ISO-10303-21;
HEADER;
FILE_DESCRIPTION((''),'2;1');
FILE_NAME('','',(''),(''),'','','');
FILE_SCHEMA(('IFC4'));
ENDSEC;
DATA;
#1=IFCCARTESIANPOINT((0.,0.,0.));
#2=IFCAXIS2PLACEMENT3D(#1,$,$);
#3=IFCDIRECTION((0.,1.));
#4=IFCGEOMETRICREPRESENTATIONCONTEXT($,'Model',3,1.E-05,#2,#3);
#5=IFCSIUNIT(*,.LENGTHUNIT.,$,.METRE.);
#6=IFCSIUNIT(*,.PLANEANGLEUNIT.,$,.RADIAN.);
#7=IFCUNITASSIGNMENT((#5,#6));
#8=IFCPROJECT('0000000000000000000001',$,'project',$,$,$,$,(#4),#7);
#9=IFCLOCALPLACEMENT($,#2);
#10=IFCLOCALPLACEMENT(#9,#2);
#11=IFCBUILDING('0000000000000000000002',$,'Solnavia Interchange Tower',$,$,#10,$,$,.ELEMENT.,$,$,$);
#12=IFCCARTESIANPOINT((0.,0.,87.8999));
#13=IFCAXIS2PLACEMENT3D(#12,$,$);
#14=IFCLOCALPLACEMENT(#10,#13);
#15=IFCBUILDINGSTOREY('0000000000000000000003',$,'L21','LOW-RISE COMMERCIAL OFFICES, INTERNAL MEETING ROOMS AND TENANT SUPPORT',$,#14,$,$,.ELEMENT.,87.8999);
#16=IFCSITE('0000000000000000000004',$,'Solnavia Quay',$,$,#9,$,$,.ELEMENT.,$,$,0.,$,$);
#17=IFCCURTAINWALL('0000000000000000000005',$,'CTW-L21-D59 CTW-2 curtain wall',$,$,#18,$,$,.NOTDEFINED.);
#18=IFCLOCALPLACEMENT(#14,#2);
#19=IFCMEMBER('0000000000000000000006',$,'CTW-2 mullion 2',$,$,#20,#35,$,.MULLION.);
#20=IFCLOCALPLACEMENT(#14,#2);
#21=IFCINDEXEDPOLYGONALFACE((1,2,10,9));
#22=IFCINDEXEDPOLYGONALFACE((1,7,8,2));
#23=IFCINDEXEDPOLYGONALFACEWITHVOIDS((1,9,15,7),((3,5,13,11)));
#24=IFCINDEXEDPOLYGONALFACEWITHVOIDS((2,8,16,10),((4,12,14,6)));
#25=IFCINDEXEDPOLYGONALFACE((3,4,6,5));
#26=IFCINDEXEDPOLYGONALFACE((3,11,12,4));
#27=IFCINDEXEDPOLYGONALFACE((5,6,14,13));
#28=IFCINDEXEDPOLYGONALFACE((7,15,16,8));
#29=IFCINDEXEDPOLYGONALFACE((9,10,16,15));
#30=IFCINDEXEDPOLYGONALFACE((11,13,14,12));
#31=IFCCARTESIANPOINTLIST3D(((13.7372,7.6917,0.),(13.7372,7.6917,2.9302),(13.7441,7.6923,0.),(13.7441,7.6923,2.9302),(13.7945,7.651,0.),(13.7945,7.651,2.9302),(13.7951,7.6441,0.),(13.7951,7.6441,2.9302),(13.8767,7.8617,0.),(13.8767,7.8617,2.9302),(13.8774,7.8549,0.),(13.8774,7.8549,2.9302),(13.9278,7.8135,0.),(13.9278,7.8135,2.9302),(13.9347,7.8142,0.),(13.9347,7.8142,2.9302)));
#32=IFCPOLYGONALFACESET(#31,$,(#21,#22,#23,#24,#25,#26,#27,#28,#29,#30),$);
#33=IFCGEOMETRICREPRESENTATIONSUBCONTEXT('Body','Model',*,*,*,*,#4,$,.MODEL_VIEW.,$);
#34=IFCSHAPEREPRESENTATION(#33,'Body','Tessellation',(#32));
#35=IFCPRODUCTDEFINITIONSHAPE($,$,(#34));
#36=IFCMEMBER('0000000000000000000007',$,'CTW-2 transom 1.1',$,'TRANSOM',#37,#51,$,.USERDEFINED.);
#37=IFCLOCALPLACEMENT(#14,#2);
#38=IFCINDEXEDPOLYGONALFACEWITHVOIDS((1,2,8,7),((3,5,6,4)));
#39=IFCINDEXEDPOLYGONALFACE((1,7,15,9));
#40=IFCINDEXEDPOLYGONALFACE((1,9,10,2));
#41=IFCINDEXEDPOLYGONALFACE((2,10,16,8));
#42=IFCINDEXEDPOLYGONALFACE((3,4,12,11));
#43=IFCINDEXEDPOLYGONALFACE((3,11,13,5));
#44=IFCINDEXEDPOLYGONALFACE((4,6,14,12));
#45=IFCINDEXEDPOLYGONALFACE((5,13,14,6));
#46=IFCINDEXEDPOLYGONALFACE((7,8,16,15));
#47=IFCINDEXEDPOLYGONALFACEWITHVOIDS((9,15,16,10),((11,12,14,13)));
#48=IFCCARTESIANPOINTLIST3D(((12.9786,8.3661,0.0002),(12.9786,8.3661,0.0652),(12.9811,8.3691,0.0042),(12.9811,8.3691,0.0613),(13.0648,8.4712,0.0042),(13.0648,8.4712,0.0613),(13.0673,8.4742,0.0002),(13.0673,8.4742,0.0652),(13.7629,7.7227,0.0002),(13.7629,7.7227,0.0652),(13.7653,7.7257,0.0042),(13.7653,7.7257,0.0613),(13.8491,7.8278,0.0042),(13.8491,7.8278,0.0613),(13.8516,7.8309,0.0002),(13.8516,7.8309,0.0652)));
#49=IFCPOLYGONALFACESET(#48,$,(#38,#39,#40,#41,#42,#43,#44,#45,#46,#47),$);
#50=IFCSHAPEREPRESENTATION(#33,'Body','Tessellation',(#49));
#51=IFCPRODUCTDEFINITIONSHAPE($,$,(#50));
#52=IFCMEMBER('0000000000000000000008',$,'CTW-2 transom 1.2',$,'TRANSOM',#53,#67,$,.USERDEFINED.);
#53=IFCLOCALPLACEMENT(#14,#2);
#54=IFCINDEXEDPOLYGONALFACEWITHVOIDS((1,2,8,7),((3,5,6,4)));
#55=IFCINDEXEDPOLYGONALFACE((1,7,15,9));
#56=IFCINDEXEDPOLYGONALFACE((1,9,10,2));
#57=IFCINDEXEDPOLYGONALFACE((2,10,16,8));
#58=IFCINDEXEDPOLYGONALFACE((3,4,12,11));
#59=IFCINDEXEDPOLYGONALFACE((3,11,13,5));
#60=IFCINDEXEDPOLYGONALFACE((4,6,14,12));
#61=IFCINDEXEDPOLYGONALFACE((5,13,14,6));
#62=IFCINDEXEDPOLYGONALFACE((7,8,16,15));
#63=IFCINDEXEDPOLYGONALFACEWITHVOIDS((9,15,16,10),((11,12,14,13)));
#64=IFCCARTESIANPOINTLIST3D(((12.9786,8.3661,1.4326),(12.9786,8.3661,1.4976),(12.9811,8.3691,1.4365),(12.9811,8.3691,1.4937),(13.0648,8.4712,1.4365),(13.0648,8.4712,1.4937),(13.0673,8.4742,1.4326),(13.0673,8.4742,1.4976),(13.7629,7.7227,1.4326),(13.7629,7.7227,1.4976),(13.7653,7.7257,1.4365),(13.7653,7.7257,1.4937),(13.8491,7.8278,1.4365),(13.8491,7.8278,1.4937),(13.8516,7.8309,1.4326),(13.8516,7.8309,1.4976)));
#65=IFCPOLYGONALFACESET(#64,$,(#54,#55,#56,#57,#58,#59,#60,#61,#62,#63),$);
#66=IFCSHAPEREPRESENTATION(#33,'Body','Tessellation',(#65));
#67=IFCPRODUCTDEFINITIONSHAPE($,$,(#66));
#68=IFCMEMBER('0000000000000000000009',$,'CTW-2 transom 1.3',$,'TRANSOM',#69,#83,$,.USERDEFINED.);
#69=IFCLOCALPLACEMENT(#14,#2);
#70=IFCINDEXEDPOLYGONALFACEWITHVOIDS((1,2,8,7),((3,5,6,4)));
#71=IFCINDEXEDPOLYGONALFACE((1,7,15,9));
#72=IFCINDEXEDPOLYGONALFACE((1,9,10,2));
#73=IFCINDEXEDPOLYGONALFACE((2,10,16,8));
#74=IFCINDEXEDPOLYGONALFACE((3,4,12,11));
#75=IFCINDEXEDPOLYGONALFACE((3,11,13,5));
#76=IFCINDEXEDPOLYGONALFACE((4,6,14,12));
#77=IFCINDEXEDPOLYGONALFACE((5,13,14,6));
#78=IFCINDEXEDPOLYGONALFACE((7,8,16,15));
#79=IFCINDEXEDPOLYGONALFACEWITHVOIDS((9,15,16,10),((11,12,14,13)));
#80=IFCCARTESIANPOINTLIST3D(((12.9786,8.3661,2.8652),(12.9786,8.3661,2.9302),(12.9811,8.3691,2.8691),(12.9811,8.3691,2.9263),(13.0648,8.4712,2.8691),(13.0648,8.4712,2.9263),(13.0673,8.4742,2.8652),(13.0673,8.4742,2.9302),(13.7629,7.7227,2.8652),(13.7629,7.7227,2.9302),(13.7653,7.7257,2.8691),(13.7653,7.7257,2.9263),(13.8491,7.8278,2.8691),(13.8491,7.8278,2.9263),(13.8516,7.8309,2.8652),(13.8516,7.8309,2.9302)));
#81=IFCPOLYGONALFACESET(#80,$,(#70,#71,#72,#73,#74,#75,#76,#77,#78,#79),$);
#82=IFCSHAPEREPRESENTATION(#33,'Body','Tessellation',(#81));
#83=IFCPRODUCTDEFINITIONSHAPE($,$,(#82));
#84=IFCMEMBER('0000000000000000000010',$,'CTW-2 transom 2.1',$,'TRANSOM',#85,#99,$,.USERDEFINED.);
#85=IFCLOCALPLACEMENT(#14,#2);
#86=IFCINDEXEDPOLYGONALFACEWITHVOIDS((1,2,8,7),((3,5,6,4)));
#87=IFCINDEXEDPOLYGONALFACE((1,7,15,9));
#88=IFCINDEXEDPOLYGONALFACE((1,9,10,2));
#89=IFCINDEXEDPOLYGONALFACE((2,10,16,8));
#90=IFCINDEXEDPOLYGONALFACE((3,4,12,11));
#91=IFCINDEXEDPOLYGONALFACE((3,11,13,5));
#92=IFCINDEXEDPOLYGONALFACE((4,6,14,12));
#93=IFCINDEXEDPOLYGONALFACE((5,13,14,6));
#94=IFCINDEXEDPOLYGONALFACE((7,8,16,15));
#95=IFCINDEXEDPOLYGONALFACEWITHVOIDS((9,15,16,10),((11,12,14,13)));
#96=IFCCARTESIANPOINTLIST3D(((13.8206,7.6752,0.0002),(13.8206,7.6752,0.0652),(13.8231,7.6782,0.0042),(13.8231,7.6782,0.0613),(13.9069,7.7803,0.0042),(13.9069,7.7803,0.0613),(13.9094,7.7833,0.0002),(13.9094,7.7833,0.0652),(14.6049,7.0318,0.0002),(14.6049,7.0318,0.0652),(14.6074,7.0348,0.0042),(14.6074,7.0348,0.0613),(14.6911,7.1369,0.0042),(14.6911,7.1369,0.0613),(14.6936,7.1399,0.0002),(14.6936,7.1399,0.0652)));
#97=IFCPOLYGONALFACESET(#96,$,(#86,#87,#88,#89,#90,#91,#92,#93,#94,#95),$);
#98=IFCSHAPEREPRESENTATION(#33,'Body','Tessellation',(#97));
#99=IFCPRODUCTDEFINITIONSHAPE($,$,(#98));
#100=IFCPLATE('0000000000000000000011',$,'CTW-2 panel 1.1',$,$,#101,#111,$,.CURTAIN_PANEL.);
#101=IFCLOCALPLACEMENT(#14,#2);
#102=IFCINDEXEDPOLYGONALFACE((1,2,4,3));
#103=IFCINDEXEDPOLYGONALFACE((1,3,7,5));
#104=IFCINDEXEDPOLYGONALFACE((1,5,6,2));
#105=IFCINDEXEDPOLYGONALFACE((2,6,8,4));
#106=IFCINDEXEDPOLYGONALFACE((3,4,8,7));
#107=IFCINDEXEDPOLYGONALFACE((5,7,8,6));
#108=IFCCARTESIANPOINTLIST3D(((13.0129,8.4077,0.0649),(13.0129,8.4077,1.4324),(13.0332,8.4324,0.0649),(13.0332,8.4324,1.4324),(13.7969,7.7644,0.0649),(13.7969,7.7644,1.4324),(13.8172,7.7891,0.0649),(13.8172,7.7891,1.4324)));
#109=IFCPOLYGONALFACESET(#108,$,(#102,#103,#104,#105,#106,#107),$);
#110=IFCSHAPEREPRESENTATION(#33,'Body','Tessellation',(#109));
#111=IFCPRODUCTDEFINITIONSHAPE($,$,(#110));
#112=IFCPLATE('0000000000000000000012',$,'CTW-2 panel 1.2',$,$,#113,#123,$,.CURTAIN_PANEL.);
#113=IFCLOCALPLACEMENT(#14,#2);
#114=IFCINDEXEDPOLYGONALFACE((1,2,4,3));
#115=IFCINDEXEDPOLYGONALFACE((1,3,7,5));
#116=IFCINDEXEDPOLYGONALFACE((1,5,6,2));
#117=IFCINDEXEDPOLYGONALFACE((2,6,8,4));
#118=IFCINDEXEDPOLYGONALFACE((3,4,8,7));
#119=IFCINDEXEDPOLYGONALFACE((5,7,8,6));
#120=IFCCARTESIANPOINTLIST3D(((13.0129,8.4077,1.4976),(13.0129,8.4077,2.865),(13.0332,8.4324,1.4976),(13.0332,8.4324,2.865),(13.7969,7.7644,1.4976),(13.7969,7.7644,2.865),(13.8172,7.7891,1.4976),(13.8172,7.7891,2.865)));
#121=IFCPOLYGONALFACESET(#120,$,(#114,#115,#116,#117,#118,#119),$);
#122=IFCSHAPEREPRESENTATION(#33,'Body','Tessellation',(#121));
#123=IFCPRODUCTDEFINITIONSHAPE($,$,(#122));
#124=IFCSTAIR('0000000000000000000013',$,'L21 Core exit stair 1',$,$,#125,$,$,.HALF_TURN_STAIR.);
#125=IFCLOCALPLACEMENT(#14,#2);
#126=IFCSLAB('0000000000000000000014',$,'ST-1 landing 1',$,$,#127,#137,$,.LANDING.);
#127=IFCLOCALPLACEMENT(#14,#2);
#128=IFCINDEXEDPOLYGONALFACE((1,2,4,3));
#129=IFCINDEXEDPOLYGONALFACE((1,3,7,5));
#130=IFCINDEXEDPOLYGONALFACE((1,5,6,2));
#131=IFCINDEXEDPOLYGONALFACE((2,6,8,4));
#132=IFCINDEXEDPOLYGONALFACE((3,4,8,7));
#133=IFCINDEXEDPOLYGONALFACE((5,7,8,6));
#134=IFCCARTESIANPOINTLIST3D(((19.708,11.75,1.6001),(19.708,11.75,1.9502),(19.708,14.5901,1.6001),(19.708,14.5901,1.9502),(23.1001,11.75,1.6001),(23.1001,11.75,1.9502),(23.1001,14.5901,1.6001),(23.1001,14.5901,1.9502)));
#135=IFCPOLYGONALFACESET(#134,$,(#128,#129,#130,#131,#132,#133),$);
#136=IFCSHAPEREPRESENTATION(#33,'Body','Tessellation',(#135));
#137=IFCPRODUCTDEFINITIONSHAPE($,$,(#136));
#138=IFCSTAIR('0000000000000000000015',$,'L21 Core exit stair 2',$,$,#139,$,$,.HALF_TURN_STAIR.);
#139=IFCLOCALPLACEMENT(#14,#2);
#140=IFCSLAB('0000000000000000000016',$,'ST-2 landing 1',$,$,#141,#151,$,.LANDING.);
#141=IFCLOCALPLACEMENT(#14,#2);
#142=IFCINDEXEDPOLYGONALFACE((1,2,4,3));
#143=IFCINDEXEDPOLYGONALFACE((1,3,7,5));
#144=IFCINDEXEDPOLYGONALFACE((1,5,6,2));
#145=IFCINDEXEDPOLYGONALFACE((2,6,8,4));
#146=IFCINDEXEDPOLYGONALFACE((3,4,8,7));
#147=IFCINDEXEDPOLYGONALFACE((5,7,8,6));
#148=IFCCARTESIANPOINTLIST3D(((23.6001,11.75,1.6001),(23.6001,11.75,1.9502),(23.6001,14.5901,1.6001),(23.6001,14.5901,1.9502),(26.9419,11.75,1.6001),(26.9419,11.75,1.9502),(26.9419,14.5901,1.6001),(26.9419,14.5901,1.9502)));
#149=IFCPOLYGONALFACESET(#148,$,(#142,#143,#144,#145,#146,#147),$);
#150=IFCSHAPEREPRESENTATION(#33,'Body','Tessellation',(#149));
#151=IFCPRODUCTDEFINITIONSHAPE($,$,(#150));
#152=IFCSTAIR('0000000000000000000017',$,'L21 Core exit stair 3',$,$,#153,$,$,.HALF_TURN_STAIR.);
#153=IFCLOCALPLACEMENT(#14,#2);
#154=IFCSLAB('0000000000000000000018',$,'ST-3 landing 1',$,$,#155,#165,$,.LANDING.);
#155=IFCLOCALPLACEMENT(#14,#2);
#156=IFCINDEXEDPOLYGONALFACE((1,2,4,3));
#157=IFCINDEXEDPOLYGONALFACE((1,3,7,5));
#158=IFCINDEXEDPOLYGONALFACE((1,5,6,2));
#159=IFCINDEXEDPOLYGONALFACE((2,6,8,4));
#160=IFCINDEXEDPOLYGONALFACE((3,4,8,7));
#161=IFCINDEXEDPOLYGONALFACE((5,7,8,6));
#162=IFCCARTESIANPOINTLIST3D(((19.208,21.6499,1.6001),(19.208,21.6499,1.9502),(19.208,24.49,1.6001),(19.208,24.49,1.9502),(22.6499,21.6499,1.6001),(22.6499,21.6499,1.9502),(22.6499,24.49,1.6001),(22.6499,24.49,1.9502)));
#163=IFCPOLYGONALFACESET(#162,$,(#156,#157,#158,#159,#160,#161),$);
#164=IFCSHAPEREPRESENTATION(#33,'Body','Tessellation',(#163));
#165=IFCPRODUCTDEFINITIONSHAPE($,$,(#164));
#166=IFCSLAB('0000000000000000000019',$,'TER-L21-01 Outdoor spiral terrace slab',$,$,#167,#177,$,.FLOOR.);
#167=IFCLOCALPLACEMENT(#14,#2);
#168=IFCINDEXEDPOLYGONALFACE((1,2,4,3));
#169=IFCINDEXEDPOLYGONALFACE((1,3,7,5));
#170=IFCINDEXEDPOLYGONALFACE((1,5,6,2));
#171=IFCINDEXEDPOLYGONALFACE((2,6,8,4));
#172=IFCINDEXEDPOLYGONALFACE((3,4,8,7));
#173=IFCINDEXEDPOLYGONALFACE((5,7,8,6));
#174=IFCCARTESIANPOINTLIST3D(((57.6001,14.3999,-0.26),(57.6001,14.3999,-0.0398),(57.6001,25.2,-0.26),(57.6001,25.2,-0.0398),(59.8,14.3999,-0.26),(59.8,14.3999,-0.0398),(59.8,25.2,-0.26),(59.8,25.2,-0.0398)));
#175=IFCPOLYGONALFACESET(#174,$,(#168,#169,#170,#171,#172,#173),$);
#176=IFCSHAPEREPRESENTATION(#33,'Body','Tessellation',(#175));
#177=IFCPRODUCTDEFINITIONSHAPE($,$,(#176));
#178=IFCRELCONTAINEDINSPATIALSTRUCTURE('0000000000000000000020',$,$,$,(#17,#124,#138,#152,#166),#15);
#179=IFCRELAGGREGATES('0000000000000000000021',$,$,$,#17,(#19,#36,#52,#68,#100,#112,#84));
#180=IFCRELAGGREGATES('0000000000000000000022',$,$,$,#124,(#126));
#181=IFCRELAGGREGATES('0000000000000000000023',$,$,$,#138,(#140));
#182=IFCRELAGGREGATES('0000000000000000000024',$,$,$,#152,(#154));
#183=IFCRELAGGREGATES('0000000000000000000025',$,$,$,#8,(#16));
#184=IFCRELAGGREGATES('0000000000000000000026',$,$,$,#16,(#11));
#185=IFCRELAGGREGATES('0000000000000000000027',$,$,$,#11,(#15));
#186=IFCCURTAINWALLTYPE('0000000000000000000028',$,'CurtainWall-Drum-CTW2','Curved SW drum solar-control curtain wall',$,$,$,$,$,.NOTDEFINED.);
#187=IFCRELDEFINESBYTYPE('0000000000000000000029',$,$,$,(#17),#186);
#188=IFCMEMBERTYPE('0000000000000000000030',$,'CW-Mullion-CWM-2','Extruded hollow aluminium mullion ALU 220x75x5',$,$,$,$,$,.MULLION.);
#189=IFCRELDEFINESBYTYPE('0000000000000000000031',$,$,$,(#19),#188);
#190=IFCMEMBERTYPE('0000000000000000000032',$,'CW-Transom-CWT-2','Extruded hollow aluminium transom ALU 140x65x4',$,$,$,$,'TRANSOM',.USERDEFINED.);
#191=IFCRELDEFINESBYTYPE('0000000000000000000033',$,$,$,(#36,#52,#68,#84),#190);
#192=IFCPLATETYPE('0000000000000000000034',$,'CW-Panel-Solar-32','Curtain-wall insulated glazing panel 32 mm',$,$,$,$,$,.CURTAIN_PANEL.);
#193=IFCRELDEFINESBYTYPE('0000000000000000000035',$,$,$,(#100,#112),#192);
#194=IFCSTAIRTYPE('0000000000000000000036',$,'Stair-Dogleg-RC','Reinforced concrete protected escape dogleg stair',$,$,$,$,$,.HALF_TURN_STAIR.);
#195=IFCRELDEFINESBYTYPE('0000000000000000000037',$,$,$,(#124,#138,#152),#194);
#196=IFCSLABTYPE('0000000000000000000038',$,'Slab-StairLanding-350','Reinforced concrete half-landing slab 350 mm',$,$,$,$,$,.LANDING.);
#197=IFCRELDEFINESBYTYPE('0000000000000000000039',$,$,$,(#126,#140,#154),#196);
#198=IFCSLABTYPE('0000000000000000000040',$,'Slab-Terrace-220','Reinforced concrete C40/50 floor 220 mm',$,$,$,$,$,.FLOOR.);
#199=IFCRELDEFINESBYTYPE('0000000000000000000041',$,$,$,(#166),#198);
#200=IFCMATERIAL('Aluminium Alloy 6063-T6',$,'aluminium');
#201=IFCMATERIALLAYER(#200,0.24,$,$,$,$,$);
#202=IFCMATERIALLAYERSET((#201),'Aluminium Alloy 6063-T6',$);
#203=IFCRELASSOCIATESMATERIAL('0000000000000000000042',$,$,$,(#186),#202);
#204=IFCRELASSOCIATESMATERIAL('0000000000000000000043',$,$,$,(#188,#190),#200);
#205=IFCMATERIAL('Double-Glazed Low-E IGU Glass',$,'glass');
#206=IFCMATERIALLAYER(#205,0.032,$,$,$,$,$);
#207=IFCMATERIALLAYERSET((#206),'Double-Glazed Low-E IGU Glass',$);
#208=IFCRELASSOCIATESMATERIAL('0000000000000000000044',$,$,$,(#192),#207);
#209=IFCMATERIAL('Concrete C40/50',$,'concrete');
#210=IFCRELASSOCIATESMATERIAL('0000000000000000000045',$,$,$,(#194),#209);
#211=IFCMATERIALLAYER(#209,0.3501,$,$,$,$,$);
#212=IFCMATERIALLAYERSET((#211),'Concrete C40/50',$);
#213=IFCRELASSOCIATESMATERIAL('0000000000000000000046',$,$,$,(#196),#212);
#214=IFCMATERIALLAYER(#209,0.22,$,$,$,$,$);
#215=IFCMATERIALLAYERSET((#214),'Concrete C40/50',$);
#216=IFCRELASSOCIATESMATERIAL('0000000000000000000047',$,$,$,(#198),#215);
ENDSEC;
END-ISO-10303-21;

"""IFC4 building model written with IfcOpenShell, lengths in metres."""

from ifc_helpers import new_model, si_unit, direction, frame, origin, origin_2d, place, context, subcontext, project, spatial, polyline, rectangle, hollow_rectangle, outline, extrude, material, layer, layer_set, material_profile, profile_set, type_object, element, aggregate, save


model = new_model("IFC4")

# Units and contexts
model_context = context("Model", 3, precision=1e-05, world=origin(), true_north=direction((0.0, 1.0)))
body_context = subcontext(model_context, "Body", "Model", "MODEL_VIEW")
ifc_project = project(units=[si_unit("LENGTHUNIT", "METRE"), si_unit("PLANEANGLEUNIT", "RADIAN")], contexts=[model_context])

# Site, building, storey
site_placement = place(None, origin())
site = spatial("IfcSite", under=ifc_project, at=site_placement, Name="Solnavia Quay", CompositionType="ELEMENT", RefElevation=0.0)
building_placement = place(site_placement, origin())
building = spatial("IfcBuilding", under=site, at=building_placement, Name="Solnavia Interchange Tower", CompositionType="ELEMENT")
storey_placement = place(building_placement, frame((0.0, 0.0, 87.8999)))
storey = spatial("IfcBuildingStorey", under=building, at=storey_placement, Name="L21", Description="LOW-RISE COMMERCIAL OFFICES, INTERNAL MEETING ROOMS AND TENANT SUPPORT", CompositionType="ELEMENT", Elevation=87.8999)

# Curtain wall, members, plates
ifc_material_1 = material(Name="Aluminium Alloy 6063-T6", Category="aluminium")
ifc_layer_1 = layer(ifc_material_1, 0.24)
ifc_layer_set_1 = layer_set([ifc_layer_1], Name="Aluminium Alloy 6063-T6")
curtain_wall_type = type_object("IfcCurtainWallType", Name="CurtainWall-Drum-CTW2", Description="Curved SW drum solar-control curtain wall", PredefinedType="NOTDEFINED", material=ifc_layer_set_1)
curtain_wall_placement = place(storey_placement, origin())
curtain_wall = element("IfcCurtainWall", 1, at=curtain_wall_placement, inside=storey, type_object=curtain_wall_type, Name="CTW-L21-D59 CTW-2 curtain wall", PredefinedType="NOTDEFINED")
ifc_material_profile_1 = material_profile(ifc_material_1, hollow_rectangle(XDim=0.075, YDim=0.22, WallThickness=0.0049, at=origin_2d()), Name="ALU 220x75x5")
ifc_profile_set_1 = profile_set([ifc_material_profile_1], Name="Aluminium Alloy 6063-T6")
member_type_1 = type_object("IfcMemberType", Name="CW-Mullion-CWM-2", Description="Extruded hollow aluminium mullion ALU 220x75x5", PredefinedType="MULLION", material=ifc_profile_set_1)
member_1_placement = place(storey_placement, frame((13.8359, 7.7529, 0.0), z_axis=(0.0, 0.0, 1.0), x_axis=(0.773095, -0.634291, 0.0)))
member_1 = element("IfcMember", 2, at=member_1_placement, type_object=member_type_1, Name="CTW-2 mullion 2", PredefinedType="MULLION", context=body_context, shape_type="SweptSolid", body=[
    extrude(hollow_rectangle(XDim=0.075, YDim=0.22, WallThickness=0.0049, at=origin_2d()), origin(), (0.0, 0.0, 1.0), 2.9302),
])
ifc_material_profile_2 = material_profile(ifc_material_1, hollow_rectangle(XDim=0.0649, YDim=0.1399, WallThickness=0.0039, at=origin_2d()), Name="ALU 140x65x4")
ifc_profile_set_2 = profile_set([ifc_material_profile_2], Name="Aluminium Alloy 6063-T6")
member_type_2 = type_object("IfcMemberType", Name="CW-Transom-CWT-2", Description="Extruded hollow aluminium transom ALU 140x65x4", ElementType="TRANSOM", PredefinedType="USERDEFINED", material=ifc_profile_set_2)
member_2_placement = place(storey_placement, frame((13.0229, 8.4202, 0.0327), z_axis=(0.773131, -0.634247, 0.0), x_axis=(0.0, 0.0, 1.0)))
member_2 = element("IfcMember", 3, at=member_2_placement, type_object=member_type_2, Name="CTW-2 transom 1.1", ObjectType="TRANSOM", PredefinedType="USERDEFINED", context=body_context, shape_type="SweptSolid", body=[
    extrude(hollow_rectangle(XDim=0.0649, YDim=0.1399, WallThickness=0.0039, at=origin_2d()), origin(), (0.0, 0.0, 1.0), 1.0144),
])
member_3_placement = place(storey_placement, frame((13.0229, 8.4202, 1.4651), z_axis=(0.773131, -0.634247, 0.0), x_axis=(0.0, 0.0, 1.0)))
member_3 = element("IfcMember", 4, at=member_3_placement, type_object=member_type_2, Name="CTW-2 transom 1.2", ObjectType="TRANSOM", PredefinedType="USERDEFINED", context=body_context, shape_type="SweptSolid", body=[
    extrude(hollow_rectangle(XDim=0.0649, YDim=0.1399, WallThickness=0.0039, at=origin_2d()), origin(), (0.0, 0.0, 1.0), 1.0144),
])
member_4_placement = place(storey_placement, frame((13.0229, 8.4202, 2.8977), z_axis=(0.773131, -0.634247, 0.0), x_axis=(0.0, 0.0, 1.0)))
member_4 = element("IfcMember", 5, at=member_4_placement, type_object=member_type_2, Name="CTW-2 transom 1.3", ObjectType="TRANSOM", PredefinedType="USERDEFINED", context=body_context, shape_type="SweptSolid", body=[
    extrude(hollow_rectangle(XDim=0.0649, YDim=0.1399, WallThickness=0.0039, at=origin_2d()), origin(), (0.0, 0.0, 1.0), 1.0144),
])
member_5_placement = place(storey_placement, frame((13.865, 7.7292, 0.0327), z_axis=(0.773131, -0.634247, 0.0), x_axis=(0.0, 0.0, 1.0)))
member_5 = element("IfcMember", 6, at=member_5_placement, type_object=member_type_2, Name="CTW-2 transom 2.1", ObjectType="TRANSOM", PredefinedType="USERDEFINED", context=body_context, shape_type="SweptSolid", body=[
    extrude(hollow_rectangle(XDim=0.0649, YDim=0.1399, WallThickness=0.0039, at=origin_2d()), origin(), (0.0, 0.0, 1.0), 1.0144),
])
ifc_material_2 = material(Name="Double-Glazed Low-E IGU Glass", Category="glass")
ifc_layer_2 = layer(ifc_material_2, 0.032)
ifc_layer_set_2 = layer_set([ifc_layer_2], Name="Double-Glazed Low-E IGU Glass")
plate_type = type_object("IfcPlateType", Name="CW-Panel-Solar-32", Description="Curtain-wall insulated glazing panel 32 mm", PredefinedType="CURTAIN_PANEL", material=ifc_layer_set_2)
plate_1_placement = place(storey_placement, frame((13.415, 8.0984, 0.0649), z_axis=(0.0, 0.0, 1.0), x_axis=(0.773095, -0.634291, 0.0)))
plate_1 = element("IfcPlate", 7, at=plate_1_placement, type_object=plate_type, Name="CTW-2 panel 1.1", PredefinedType="CURTAIN_PANEL", context=body_context, shape_type="SweptSolid", body=[
    extrude(rectangle(XDim=1.0142, YDim=0.032, at=origin_2d()), origin(), (0.0, 0.0, 1.0), 1.3674),
])
plate_2_placement = place(storey_placement, frame((13.415, 8.0984, 1.4976), z_axis=(0.0, 0.0, 1.0), x_axis=(0.773095, -0.634291, 0.0)))
plate_2 = element("IfcPlate", 8, at=plate_2_placement, type_object=plate_type, Name="CTW-2 panel 1.2", PredefinedType="CURTAIN_PANEL", context=body_context, shape_type="SweptSolid", body=[
    extrude(rectangle(XDim=1.0142, YDim=0.032, at=origin_2d()), origin(), (0.0, 0.0, 1.0), 1.3674),
])
aggregate(curtain_wall, [member_1, member_2, member_3, member_4, plate_1, plate_2, member_5])

# Stairs, slabs
ifc_material_3 = material(Name="Concrete C40/50", Category="concrete")
stair_type = type_object("IfcStairType", Name="Stair-Dogleg-RC", Description="Reinforced concrete protected escape dogleg stair", PredefinedType="HALF_TURN_STAIR", material=ifc_material_3)
stair_1_placement = place(storey_placement, origin())
stair_1 = element("IfcStair", 9, at=stair_1_placement, inside=storey, type_object=stair_type, Name="L21 Core exit stair 1", PredefinedType="HALF_TURN_STAIR")
ifc_layer_3 = layer(ifc_material_3, 0.3501)
ifc_layer_set_3 = layer_set([ifc_layer_3], Name="Concrete C40/50")
slab_type_1 = type_object("IfcSlabType", Name="Slab-StairLanding-350", Description="Reinforced concrete half-landing slab 350 mm", PredefinedType="LANDING", material=ifc_layer_set_3)
slab_1_placement = place(storey_placement, frame((0.0, 0.0, 1.6001)))
slab_1 = element("IfcSlab", 10, at=slab_1_placement, type_object=slab_type_1, Name="ST-1 landing 1", PredefinedType="LANDING", context=body_context, shape_type="SweptSolid", body=[
    extrude(outline(polyline([(19.708, 11.75), (23.1001, 11.75), (23.1001, 14.5901), (19.708, 14.5901), (19.708, 11.75)])), origin(), (0.0, 0.0, 1.0), 0.3501),
])
aggregate(stair_1, [slab_1])
stair_2_placement = place(storey_placement, origin())
stair_2 = element("IfcStair", 11, at=stair_2_placement, inside=storey, type_object=stair_type, Name="L21 Core exit stair 2", PredefinedType="HALF_TURN_STAIR")
slab_2_placement = place(storey_placement, frame((0.0, 0.0, 1.6001)))
slab_2 = element("IfcSlab", 12, at=slab_2_placement, type_object=slab_type_1, Name="ST-2 landing 1", PredefinedType="LANDING", context=body_context, shape_type="SweptSolid", body=[
    extrude(outline(polyline([(23.6001, 11.75), (26.9419, 11.75), (26.9419, 14.5901), (23.6001, 14.5901), (23.6001, 11.75)])), origin(), (0.0, 0.0, 1.0), 0.3501),
])
aggregate(stair_2, [slab_2])
stair_3_placement = place(storey_placement, origin())
stair_3 = element("IfcStair", 13, at=stair_3_placement, inside=storey, type_object=stair_type, Name="L21 Core exit stair 3", PredefinedType="HALF_TURN_STAIR")
slab_3_placement = place(storey_placement, frame((0.0, 0.0, 1.6001)))
slab_3 = element("IfcSlab", 14, at=slab_3_placement, type_object=slab_type_1, Name="ST-3 landing 1", PredefinedType="LANDING", context=body_context, shape_type="SweptSolid", body=[
    extrude(outline(polyline([(19.208, 21.6499), (22.6499, 21.6499), (22.6499, 24.49), (19.208, 24.49), (19.208, 21.6499)])), origin(), (0.0, 0.0, 1.0), 0.3501),
])
aggregate(stair_3, [slab_3])

# Slab
ifc_layer_4 = layer(ifc_material_3, 0.22)
ifc_layer_set_4 = layer_set([ifc_layer_4], Name="Concrete C40/50")
slab_type_2 = type_object("IfcSlabType", Name="Slab-Terrace-220", Description="Reinforced concrete C40/50 floor 220 mm", PredefinedType="FLOOR", material=ifc_layer_set_4)
slab_4_placement = place(storey_placement, frame((0.0, 0.0, -0.26)))
element("IfcSlab", 15, at=slab_4_placement, inside=storey, type_object=slab_type_2, Name="TER-L21-01 Outdoor spiral terrace slab", PredefinedType="FLOOR", context=body_context, shape_type="SweptSolid", body=[
    extrude(outline(polyline([(57.6001, 14.3999), (59.8, 14.3999), (59.8, 25.2), (57.6001, 25.2), (57.6001, 14.3999)])), origin(), (0.0, 0.0, 1.0), 0.2202),
])

save(model, "model.ifc")
